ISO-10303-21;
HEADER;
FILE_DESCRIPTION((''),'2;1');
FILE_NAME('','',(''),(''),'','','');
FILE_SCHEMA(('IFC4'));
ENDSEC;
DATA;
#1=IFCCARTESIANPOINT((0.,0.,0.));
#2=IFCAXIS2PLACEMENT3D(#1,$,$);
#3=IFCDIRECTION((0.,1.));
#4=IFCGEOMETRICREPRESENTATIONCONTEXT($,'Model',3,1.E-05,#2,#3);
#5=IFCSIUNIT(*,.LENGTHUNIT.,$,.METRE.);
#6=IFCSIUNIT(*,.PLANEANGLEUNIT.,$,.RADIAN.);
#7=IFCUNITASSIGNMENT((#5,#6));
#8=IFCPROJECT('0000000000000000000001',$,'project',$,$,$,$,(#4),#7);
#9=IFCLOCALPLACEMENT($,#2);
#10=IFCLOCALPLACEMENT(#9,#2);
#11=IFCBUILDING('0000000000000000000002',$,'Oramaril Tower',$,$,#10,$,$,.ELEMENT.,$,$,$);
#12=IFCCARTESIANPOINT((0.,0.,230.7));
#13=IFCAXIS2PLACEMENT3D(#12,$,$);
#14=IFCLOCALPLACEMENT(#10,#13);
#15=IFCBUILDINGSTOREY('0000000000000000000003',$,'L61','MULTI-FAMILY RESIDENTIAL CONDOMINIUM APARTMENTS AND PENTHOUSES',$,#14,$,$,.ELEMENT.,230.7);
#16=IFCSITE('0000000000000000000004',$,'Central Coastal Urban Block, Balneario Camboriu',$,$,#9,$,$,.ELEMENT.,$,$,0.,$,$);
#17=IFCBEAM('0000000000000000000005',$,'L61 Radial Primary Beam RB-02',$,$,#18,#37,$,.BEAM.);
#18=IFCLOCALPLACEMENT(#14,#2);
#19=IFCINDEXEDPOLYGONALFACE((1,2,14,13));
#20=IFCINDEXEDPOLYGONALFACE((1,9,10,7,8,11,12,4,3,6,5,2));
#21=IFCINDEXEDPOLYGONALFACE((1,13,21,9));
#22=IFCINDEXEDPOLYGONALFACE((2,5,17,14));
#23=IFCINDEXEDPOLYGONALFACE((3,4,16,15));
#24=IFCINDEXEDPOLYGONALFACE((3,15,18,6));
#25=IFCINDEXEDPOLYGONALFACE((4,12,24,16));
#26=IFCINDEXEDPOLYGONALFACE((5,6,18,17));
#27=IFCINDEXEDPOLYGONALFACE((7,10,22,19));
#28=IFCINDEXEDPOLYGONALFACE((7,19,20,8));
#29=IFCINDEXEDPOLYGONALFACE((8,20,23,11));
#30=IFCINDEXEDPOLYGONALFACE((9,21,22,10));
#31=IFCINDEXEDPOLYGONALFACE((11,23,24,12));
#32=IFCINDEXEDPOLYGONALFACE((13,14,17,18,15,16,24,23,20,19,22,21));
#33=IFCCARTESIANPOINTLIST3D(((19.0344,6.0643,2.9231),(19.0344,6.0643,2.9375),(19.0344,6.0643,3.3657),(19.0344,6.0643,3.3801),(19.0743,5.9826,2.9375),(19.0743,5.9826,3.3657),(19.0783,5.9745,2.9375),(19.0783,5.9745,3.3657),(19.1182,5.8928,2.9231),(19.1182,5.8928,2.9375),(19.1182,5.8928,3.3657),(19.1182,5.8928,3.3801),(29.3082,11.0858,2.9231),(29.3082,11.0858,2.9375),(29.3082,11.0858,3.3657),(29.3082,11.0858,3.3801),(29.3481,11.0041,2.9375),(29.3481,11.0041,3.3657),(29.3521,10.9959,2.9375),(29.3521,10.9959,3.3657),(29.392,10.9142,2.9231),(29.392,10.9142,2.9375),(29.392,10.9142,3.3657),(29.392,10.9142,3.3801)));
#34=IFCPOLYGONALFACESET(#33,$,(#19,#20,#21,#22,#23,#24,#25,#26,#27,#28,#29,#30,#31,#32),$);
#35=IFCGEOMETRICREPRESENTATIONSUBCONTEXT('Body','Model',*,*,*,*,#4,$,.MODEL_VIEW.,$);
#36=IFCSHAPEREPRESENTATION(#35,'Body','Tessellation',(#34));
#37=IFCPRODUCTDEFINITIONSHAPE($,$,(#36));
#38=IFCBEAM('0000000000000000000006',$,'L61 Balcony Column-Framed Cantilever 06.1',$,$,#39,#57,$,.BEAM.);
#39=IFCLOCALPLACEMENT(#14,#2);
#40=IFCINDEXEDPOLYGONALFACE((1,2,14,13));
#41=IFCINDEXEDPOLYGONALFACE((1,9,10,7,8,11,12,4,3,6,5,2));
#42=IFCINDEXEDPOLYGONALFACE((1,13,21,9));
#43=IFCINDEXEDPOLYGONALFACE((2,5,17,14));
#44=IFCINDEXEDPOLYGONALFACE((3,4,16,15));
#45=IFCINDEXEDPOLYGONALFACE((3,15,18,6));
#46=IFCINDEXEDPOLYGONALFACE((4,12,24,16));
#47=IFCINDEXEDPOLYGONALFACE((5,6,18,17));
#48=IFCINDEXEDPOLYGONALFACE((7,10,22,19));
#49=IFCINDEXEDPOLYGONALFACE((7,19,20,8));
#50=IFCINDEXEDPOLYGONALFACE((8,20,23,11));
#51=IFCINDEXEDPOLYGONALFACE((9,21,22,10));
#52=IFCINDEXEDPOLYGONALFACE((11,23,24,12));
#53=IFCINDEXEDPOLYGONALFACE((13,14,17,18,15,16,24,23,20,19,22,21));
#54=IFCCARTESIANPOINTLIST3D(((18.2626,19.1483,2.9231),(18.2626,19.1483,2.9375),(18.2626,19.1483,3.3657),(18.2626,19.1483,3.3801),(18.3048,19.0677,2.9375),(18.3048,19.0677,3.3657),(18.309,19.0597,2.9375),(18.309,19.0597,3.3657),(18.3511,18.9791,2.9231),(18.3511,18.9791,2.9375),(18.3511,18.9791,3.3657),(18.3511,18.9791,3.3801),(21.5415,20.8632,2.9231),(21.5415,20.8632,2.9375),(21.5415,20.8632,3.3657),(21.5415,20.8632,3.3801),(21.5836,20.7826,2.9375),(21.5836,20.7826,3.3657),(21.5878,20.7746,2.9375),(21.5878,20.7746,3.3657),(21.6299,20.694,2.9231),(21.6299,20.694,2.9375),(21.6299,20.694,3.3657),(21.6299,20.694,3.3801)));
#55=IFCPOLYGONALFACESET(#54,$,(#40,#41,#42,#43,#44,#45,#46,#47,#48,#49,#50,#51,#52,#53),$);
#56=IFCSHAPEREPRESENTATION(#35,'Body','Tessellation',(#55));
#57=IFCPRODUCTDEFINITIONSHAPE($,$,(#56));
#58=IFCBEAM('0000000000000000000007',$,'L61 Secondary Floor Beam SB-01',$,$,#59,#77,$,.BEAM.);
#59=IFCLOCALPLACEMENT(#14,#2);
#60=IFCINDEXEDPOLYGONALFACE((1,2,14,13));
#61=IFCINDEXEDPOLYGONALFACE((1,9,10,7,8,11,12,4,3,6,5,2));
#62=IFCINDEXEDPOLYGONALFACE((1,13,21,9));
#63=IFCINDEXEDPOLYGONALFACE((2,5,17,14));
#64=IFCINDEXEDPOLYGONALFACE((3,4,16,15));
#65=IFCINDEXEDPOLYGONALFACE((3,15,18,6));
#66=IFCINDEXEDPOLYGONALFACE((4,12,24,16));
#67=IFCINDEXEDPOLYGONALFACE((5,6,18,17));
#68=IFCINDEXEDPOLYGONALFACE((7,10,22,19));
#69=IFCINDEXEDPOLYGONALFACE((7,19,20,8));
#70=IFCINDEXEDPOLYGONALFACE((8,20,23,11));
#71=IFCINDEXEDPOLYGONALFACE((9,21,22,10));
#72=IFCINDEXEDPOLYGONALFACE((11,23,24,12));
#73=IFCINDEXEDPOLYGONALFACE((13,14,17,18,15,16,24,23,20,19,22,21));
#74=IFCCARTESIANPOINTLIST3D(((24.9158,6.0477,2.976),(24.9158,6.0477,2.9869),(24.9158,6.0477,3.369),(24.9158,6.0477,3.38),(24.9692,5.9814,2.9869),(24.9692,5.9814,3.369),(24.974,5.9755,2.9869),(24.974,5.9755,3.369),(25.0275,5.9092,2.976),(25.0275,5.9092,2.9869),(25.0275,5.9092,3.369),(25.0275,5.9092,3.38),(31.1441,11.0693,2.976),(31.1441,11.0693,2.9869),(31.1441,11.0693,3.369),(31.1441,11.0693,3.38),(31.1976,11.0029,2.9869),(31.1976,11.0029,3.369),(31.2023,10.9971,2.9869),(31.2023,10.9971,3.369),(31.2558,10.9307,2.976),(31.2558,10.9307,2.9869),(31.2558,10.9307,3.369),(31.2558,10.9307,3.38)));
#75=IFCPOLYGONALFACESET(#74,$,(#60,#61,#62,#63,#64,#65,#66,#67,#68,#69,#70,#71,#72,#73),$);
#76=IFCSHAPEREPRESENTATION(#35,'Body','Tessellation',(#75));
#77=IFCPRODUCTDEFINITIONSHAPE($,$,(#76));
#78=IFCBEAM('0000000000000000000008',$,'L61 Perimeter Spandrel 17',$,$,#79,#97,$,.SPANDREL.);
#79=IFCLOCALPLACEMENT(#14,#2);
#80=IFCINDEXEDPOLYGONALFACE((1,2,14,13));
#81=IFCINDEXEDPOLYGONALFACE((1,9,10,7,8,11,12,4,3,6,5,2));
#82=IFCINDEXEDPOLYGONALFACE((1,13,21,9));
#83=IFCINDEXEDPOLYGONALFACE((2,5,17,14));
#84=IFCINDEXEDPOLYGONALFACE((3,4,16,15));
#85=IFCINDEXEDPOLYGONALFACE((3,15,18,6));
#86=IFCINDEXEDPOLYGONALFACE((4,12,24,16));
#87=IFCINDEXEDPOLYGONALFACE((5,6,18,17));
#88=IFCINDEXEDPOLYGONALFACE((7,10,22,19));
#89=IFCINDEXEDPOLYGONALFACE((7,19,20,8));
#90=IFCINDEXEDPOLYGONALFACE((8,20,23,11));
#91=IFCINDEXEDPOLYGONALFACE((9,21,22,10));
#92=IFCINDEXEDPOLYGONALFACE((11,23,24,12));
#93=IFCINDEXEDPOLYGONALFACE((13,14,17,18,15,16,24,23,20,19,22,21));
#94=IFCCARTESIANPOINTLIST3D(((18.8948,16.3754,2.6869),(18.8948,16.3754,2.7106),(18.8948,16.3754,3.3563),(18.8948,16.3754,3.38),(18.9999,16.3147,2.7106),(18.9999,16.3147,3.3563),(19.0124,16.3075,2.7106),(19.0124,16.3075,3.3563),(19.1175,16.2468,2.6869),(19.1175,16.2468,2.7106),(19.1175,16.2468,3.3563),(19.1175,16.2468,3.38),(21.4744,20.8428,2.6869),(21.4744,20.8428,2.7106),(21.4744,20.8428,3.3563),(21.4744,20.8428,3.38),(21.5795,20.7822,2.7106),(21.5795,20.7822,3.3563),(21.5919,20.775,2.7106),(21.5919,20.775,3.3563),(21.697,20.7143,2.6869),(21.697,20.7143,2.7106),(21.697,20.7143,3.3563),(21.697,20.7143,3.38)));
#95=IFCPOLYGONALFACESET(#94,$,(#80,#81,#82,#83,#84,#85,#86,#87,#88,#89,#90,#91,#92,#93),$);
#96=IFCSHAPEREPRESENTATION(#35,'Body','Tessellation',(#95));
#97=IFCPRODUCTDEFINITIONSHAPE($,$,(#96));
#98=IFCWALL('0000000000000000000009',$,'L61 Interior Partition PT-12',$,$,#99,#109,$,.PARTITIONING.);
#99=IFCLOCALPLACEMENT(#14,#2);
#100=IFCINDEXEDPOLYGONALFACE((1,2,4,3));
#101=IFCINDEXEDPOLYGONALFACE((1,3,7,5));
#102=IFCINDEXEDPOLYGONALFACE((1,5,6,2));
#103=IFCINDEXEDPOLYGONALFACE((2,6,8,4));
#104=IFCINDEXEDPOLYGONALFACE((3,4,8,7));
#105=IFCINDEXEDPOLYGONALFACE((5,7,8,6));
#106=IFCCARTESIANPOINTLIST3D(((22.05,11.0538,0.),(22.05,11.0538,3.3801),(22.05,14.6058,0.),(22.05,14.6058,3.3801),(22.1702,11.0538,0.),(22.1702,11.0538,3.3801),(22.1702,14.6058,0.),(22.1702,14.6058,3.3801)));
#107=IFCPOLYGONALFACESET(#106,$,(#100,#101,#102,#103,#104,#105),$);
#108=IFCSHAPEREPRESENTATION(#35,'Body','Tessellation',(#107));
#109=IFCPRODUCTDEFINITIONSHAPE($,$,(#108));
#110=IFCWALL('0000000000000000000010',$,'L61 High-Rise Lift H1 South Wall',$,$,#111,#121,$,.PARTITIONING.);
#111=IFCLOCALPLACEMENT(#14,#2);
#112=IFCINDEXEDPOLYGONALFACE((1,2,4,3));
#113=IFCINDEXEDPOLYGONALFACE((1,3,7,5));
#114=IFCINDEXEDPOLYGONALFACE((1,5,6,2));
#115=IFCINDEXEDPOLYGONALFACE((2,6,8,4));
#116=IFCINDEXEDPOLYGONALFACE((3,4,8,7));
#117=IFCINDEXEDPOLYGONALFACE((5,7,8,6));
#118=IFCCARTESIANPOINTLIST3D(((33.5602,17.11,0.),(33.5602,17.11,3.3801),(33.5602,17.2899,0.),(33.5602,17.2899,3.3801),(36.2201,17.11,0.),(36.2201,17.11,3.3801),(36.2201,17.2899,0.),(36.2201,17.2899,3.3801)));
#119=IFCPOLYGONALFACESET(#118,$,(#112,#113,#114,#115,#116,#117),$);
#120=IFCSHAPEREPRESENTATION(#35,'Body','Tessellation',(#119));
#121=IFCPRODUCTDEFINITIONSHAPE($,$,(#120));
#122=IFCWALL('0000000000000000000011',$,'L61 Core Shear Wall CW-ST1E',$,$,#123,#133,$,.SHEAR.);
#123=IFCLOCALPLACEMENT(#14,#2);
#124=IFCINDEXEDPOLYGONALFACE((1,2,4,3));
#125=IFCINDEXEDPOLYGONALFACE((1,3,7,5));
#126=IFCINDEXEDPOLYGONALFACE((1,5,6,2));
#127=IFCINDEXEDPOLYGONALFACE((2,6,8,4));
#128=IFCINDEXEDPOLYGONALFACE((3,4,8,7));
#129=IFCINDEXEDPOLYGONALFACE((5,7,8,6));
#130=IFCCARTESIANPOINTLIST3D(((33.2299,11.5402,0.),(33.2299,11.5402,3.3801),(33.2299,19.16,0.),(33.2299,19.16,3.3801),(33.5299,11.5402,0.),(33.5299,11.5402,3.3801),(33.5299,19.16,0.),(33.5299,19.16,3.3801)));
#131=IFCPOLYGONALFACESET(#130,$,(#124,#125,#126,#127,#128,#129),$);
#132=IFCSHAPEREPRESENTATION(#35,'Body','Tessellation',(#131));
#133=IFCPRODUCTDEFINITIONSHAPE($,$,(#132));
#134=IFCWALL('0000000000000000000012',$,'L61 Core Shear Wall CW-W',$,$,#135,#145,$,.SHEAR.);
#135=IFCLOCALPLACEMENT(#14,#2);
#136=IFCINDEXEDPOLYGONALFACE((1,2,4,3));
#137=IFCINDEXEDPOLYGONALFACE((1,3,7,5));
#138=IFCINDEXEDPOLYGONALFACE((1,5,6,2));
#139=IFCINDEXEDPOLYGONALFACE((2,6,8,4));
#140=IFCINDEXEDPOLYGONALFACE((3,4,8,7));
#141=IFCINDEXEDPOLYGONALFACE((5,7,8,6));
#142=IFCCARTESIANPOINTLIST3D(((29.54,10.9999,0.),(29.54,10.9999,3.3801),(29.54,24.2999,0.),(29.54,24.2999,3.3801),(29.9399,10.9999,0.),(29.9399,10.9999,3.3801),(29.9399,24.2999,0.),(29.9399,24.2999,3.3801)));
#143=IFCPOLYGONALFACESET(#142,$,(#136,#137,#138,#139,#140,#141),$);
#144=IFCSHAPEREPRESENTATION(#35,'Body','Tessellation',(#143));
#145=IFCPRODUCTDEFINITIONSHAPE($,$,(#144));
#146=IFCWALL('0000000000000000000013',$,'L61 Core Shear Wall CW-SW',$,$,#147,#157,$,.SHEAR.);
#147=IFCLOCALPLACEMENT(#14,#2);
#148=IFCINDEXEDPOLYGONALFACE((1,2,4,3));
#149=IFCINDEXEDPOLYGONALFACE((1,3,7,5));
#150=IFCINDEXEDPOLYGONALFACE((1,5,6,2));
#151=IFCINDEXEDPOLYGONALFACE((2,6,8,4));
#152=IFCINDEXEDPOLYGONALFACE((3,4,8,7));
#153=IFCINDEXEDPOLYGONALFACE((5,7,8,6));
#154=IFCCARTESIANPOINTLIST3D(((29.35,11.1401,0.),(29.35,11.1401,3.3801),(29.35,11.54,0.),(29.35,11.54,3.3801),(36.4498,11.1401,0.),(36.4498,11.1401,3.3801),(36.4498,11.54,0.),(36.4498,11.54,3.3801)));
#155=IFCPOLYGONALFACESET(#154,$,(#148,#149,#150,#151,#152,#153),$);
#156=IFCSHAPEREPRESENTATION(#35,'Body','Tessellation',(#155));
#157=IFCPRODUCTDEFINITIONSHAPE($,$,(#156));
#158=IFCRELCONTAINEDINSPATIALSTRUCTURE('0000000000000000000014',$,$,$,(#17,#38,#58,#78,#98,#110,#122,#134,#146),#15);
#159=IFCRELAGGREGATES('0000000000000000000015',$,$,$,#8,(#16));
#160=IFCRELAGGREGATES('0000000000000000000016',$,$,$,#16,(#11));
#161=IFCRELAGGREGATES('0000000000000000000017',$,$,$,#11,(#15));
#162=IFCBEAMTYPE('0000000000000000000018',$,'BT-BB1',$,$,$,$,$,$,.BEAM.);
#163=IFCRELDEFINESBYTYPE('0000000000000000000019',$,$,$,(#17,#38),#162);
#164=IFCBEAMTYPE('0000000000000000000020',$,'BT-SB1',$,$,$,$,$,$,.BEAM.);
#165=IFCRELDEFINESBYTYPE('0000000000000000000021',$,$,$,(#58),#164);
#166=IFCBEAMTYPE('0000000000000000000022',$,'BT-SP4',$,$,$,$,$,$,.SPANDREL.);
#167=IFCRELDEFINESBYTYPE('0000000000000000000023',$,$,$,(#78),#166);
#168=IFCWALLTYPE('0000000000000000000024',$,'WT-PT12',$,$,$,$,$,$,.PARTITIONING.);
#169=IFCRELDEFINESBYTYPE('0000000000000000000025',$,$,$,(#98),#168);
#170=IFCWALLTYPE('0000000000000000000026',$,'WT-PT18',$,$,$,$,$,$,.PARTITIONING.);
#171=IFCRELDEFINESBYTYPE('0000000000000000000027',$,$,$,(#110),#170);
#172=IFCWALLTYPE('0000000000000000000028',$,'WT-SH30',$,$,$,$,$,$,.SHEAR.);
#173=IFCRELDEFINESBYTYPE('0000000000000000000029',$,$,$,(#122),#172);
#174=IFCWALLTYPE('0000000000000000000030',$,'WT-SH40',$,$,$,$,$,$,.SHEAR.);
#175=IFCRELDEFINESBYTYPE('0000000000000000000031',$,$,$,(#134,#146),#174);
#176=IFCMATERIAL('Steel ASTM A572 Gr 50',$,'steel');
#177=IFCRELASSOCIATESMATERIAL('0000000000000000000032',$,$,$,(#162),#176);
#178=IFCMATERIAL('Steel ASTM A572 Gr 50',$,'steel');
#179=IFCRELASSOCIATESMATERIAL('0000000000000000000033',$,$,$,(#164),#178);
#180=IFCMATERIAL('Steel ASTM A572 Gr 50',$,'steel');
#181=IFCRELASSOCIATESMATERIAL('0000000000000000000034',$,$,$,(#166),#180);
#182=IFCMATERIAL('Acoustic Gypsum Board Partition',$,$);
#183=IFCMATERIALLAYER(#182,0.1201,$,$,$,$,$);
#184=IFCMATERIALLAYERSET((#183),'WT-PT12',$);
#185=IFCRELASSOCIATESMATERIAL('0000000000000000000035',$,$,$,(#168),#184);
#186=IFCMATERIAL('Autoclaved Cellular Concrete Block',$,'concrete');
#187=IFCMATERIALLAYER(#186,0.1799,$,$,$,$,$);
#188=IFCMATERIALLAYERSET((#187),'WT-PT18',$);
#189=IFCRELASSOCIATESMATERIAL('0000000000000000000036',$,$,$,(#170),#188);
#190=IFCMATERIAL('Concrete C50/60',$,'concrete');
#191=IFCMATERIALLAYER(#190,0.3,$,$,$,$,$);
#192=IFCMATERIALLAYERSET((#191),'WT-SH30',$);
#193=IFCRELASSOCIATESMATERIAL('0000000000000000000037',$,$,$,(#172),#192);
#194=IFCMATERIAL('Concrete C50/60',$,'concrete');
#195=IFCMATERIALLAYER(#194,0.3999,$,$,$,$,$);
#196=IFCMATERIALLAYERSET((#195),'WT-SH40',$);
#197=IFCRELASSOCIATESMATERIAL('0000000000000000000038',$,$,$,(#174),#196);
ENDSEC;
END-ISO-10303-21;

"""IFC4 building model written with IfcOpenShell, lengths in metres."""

from ifc_helpers import new_model, si_unit, direction, frame, frame_2d, origin, origin_2d, place, context, subcontext, project, spatial, rectangle, i_section, extrude, material, layer, layer_set, material_profile, profile_set, type_object, element, save


model = new_model("IFC4")

# Units and contexts
model_context = context("Model", 3, precision=1e-05, world=origin(), true_north=direction((0.0, 1.0)))
body_context = subcontext(model_context, "Body", "Model", "MODEL_VIEW")
ifc_project = project(units=[si_unit("LENGTHUNIT", "METRE"), si_unit("PLANEANGLEUNIT", "RADIAN")], contexts=[model_context])

# Site, building, storey
site_placement = place(None, origin())
site = spatial("IfcSite", under=ifc_project, at=site_placement, Name="Central Coastal Urban Block, Balneario Camboriu", CompositionType="ELEMENT", RefElevation=0.0)
building_placement = place(site_placement, origin())
building = spatial("IfcBuilding", under=site, at=building_placement, Name="Oramaril Tower", CompositionType="ELEMENT")
storey_placement = place(building_placement, frame((0.0, 0.0, 230.7)))
storey = spatial("IfcBuildingStorey", under=building, at=storey_placement, Name="L61", Description="MULTI-FAMILY RESIDENTIAL CONDOMINIUM APARTMENTS AND PENTHOUSES", CompositionType="ELEMENT", Elevation=230.7)

# Beams
ifc_material_1 = material(Name="Steel ASTM A572 Gr 50", Category="steel")
ifc_material_profile_1 = material_profile(ifc_material_1, i_section(OverallWidth=0.1909, OverallDepth=0.457, WebThickness=0.009, FlangeThickness=0.0144, at=origin_2d()), Name="W18X50")
ifc_profile_set_1 = profile_set([ifc_material_profile_1], Name="Steel ASTM A572 Gr 50")
beam_type_1 = type_object("IfcBeamType", Name="BT-BB1", PredefinedType="BEAM", material=ifc_profile_set_1)
beam_1_placement = place(storey_placement, frame((29.3501, 11.0, 3.1516), z_axis=(-0.89843, -0.439117, 0.0), x_axis=(0.439117, -0.89843, 0.0)))
element("IfcBeam", 1, at=beam_1_placement, inside=storey, type_object=beam_type_1, Name="L61 Radial Primary Beam RB-02", PredefinedType="BEAM", context=body_context, shape_type="SweptSolid", body=[
    extrude(i_section(OverallWidth=0.1909, OverallDepth=0.457, WebThickness=0.009, FlangeThickness=0.0144, at=origin_2d()), origin(), (0.0, 0.0, 1.0), 11.4353),
])
beam_2_placement = place(storey_placement, frame((21.5857, 20.7786, 3.1516), z_axis=(-0.886123, -0.46345, 0.0), x_axis=(0.46345, -0.886123, 0.0)))
element("IfcBeam", 2, at=beam_2_placement, inside=storey, type_object=beam_type_1, Name="L61 Balcony Column-Framed Cantilever 06.1", PredefinedType="BEAM", context=body_context, shape_type="SweptSolid", body=[
    extrude(i_section(OverallWidth=0.1909, OverallDepth=0.457, WebThickness=0.009, FlangeThickness=0.0144, at=origin_2d()), origin(), (0.0, 0.0, 1.0), 3.7002),
])
ifc_material_2 = material(Name="Steel ASTM A572 Gr 50", Category="steel")
ifc_material_profile_2 = material_profile(ifc_material_2, i_section(OverallWidth=0.178, OverallDepth=0.4041, WebThickness=0.0076, FlangeThickness=0.011, at=origin_2d()), Name="W16X36")
ifc_profile_set_2 = profile_set([ifc_material_profile_2], Name="Steel ASTM A572 Gr 50")
beam_type_2 = type_object("IfcBeamType", Name="BT-SB1", PredefinedType="BEAM", material=ifc_profile_set_2)
beam_3_placement = place(storey_placement, frame((31.2, 11.0, 3.178), z_axis=(-0.778493, -0.627653, 0.0), x_axis=(0.627653, -0.778493, 0.0)))
element("IfcBeam", 3, at=beam_3_placement, inside=storey, type_object=beam_type_2, Name="L61 Secondary Floor Beam SB-01", PredefinedType="BEAM", context=body_context, shape_type="SweptSolid", body=[
    extrude(i_section(OverallWidth=0.178, OverallDepth=0.4041, WebThickness=0.0076, FlangeThickness=0.011, at=origin_2d()), origin(), (0.0, 0.0, 1.0), 8.0005),
])
ifc_material_3 = material(Name="Steel ASTM A572 Gr 50", Category="steel")
ifc_material_profile_3 = material_profile(ifc_material_3, i_section(OverallWidth=0.2571, OverallDepth=0.6931, WebThickness=0.0144, FlangeThickness=0.0237, at=origin_2d()), Name="W27X114")
ifc_profile_set_3 = profile_set([ifc_material_profile_3], Name="Steel ASTM A572 Gr 50")
beam_type_3 = type_object("IfcBeamType", Name="BT-SP4", PredefinedType="SPANDREL", material=ifc_profile_set_3)
beam_4_placement = place(storey_placement, frame((21.5857, 20.7786, 3.0334), z_axis=(-0.500038, -0.866004, 0.0), x_axis=(0.866004, -0.500038, 0.0)))
element("IfcBeam", 4, at=beam_4_placement, inside=storey, type_object=beam_type_3, Name="L61 Perimeter Spandrel 17", PredefinedType="SPANDREL", context=body_context, shape_type="SweptSolid", body=[
    extrude(i_section(OverallWidth=0.2571, OverallDepth=0.6931, WebThickness=0.0144, FlangeThickness=0.0237, at=origin_2d()), origin(), (0.0, 0.0, 1.0), 5.1587),
])

# Walls
ifc_material_4 = material(Name="Acoustic Gypsum Board Partition")
ifc_layer_1 = layer(ifc_material_4, 0.1201)
ifc_layer_set_1 = layer_set([ifc_layer_1], Name="WT-PT12")
wall_type_1 = type_object("IfcWallType", Name="WT-PT12", PredefinedType="PARTITIONING", material=ifc_layer_set_1)
wall_1_placement = place(storey_placement, frame((22.1101, 11.054, 0.0), z_axis=(0.0, 0.0, 1.0), x_axis=(0.0, 1.0, 0.0)))
element("IfcWall", 5, at=wall_1_placement, inside=storey, type_object=wall_type_1, Name="L61 Interior Partition PT-12", PredefinedType="PARTITIONING", context=body_context, shape_type="SweptSolid", body=[
    extrude(rectangle(XDim=3.552, YDim=0.1201, at=frame_2d((1.7759, 0.0))), origin(), (0.0, 0.0, 1.0), 3.3801),
])
ifc_material_5 = material(Name="Autoclaved Cellular Concrete Block", Category="concrete")
ifc_layer_2 = layer(ifc_material_5, 0.1799)
ifc_layer_set_2 = layer_set([ifc_layer_2], Name="WT-PT18")
wall_type_2 = type_object("IfcWallType", Name="WT-PT18", PredefinedType="PARTITIONING", material=ifc_layer_set_2)
wall_2_placement = place(storey_placement, frame((33.5601, 17.2, 0.0), z_axis=(0.0, 0.0, 1.0), x_axis=(1.0, 0.0, 0.0)))
element("IfcWall", 6, at=wall_2_placement, inside=storey, type_object=wall_type_2, Name="L61 High-Rise Lift H1 South Wall", PredefinedType="PARTITIONING", context=body_context, shape_type="SweptSolid", body=[
    extrude(rectangle(XDim=2.6599, YDim=0.1799, at=frame_2d((1.3301, 0.0))), origin(), (0.0, 0.0, 1.0), 3.3801),
])

# Shared definitions
ifc_material_6 = material(Name="Concrete C50/60", Category="concrete")
ifc_layer_3 = layer(ifc_material_6, 0.3)
ifc_layer_set_3 = layer_set([ifc_layer_3], Name="WT-SH30")
wall_type_3 = type_object("IfcWallType", Name="WT-SH30", PredefinedType="SHEAR", material=ifc_layer_set_3)

# Walls
wall_3_placement = place(storey_placement, frame((33.3799, 11.54, 0.0), z_axis=(0.0, 0.0, 1.0), x_axis=(0.0, 1.0, 0.0)))
element("IfcWall", 7, at=wall_3_placement, inside=storey, type_object=wall_type_3, Name="L61 Core Shear Wall CW-ST1E", PredefinedType="SHEAR", context=body_context, shape_type="SweptSolid", body=[
    extrude(rectangle(XDim=7.6199, YDim=0.3, at=frame_2d((3.8101, 0.0))), origin(), (0.0, 0.0, 1.0), 3.3801),
])
ifc_material_7 = material(Name="Concrete C50/60", Category="concrete")
ifc_layer_4 = layer(ifc_material_7, 0.3999)
ifc_layer_set_4 = layer_set([ifc_layer_4], Name="WT-SH40")
wall_type_4 = type_object("IfcWallType", Name="WT-SH40", PredefinedType="SHEAR", material=ifc_layer_set_4)
wall_4_placement = place(storey_placement, frame((29.74, 11.0, 0.0), z_axis=(0.0, 0.0, 1.0), x_axis=(0.0, 1.0, 0.0)))
element("IfcWall", 8, at=wall_4_placement, inside=storey, type_object=wall_type_4, Name="L61 Core Shear Wall CW-W", PredefinedType="SHEAR", context=body_context, shape_type="SweptSolid", body=[
    extrude(rectangle(XDim=13.3, YDim=0.3999, at=frame_2d((6.6499, 0.0))), origin(), (0.0, 0.0, 1.0), 3.3801),
])
wall_5_placement = place(storey_placement, frame((29.3501, 11.3401, 0.0), z_axis=(0.0, 0.0, 1.0), x_axis=(1.0, 0.0, 0.0)))
element("IfcWall", 9, at=wall_5_placement, inside=storey, type_object=wall_type_4, Name="L61 Core Shear Wall CW-SW", PredefinedType="SHEAR", context=body_context, shape_type="SweptSolid", body=[
    extrude(rectangle(XDim=7.0999, YDim=0.3999, at=frame_2d((3.5498, 0.0))), origin(), (0.0, 0.0, 1.0), 3.3801),
])

save(model, "model.ifc")
